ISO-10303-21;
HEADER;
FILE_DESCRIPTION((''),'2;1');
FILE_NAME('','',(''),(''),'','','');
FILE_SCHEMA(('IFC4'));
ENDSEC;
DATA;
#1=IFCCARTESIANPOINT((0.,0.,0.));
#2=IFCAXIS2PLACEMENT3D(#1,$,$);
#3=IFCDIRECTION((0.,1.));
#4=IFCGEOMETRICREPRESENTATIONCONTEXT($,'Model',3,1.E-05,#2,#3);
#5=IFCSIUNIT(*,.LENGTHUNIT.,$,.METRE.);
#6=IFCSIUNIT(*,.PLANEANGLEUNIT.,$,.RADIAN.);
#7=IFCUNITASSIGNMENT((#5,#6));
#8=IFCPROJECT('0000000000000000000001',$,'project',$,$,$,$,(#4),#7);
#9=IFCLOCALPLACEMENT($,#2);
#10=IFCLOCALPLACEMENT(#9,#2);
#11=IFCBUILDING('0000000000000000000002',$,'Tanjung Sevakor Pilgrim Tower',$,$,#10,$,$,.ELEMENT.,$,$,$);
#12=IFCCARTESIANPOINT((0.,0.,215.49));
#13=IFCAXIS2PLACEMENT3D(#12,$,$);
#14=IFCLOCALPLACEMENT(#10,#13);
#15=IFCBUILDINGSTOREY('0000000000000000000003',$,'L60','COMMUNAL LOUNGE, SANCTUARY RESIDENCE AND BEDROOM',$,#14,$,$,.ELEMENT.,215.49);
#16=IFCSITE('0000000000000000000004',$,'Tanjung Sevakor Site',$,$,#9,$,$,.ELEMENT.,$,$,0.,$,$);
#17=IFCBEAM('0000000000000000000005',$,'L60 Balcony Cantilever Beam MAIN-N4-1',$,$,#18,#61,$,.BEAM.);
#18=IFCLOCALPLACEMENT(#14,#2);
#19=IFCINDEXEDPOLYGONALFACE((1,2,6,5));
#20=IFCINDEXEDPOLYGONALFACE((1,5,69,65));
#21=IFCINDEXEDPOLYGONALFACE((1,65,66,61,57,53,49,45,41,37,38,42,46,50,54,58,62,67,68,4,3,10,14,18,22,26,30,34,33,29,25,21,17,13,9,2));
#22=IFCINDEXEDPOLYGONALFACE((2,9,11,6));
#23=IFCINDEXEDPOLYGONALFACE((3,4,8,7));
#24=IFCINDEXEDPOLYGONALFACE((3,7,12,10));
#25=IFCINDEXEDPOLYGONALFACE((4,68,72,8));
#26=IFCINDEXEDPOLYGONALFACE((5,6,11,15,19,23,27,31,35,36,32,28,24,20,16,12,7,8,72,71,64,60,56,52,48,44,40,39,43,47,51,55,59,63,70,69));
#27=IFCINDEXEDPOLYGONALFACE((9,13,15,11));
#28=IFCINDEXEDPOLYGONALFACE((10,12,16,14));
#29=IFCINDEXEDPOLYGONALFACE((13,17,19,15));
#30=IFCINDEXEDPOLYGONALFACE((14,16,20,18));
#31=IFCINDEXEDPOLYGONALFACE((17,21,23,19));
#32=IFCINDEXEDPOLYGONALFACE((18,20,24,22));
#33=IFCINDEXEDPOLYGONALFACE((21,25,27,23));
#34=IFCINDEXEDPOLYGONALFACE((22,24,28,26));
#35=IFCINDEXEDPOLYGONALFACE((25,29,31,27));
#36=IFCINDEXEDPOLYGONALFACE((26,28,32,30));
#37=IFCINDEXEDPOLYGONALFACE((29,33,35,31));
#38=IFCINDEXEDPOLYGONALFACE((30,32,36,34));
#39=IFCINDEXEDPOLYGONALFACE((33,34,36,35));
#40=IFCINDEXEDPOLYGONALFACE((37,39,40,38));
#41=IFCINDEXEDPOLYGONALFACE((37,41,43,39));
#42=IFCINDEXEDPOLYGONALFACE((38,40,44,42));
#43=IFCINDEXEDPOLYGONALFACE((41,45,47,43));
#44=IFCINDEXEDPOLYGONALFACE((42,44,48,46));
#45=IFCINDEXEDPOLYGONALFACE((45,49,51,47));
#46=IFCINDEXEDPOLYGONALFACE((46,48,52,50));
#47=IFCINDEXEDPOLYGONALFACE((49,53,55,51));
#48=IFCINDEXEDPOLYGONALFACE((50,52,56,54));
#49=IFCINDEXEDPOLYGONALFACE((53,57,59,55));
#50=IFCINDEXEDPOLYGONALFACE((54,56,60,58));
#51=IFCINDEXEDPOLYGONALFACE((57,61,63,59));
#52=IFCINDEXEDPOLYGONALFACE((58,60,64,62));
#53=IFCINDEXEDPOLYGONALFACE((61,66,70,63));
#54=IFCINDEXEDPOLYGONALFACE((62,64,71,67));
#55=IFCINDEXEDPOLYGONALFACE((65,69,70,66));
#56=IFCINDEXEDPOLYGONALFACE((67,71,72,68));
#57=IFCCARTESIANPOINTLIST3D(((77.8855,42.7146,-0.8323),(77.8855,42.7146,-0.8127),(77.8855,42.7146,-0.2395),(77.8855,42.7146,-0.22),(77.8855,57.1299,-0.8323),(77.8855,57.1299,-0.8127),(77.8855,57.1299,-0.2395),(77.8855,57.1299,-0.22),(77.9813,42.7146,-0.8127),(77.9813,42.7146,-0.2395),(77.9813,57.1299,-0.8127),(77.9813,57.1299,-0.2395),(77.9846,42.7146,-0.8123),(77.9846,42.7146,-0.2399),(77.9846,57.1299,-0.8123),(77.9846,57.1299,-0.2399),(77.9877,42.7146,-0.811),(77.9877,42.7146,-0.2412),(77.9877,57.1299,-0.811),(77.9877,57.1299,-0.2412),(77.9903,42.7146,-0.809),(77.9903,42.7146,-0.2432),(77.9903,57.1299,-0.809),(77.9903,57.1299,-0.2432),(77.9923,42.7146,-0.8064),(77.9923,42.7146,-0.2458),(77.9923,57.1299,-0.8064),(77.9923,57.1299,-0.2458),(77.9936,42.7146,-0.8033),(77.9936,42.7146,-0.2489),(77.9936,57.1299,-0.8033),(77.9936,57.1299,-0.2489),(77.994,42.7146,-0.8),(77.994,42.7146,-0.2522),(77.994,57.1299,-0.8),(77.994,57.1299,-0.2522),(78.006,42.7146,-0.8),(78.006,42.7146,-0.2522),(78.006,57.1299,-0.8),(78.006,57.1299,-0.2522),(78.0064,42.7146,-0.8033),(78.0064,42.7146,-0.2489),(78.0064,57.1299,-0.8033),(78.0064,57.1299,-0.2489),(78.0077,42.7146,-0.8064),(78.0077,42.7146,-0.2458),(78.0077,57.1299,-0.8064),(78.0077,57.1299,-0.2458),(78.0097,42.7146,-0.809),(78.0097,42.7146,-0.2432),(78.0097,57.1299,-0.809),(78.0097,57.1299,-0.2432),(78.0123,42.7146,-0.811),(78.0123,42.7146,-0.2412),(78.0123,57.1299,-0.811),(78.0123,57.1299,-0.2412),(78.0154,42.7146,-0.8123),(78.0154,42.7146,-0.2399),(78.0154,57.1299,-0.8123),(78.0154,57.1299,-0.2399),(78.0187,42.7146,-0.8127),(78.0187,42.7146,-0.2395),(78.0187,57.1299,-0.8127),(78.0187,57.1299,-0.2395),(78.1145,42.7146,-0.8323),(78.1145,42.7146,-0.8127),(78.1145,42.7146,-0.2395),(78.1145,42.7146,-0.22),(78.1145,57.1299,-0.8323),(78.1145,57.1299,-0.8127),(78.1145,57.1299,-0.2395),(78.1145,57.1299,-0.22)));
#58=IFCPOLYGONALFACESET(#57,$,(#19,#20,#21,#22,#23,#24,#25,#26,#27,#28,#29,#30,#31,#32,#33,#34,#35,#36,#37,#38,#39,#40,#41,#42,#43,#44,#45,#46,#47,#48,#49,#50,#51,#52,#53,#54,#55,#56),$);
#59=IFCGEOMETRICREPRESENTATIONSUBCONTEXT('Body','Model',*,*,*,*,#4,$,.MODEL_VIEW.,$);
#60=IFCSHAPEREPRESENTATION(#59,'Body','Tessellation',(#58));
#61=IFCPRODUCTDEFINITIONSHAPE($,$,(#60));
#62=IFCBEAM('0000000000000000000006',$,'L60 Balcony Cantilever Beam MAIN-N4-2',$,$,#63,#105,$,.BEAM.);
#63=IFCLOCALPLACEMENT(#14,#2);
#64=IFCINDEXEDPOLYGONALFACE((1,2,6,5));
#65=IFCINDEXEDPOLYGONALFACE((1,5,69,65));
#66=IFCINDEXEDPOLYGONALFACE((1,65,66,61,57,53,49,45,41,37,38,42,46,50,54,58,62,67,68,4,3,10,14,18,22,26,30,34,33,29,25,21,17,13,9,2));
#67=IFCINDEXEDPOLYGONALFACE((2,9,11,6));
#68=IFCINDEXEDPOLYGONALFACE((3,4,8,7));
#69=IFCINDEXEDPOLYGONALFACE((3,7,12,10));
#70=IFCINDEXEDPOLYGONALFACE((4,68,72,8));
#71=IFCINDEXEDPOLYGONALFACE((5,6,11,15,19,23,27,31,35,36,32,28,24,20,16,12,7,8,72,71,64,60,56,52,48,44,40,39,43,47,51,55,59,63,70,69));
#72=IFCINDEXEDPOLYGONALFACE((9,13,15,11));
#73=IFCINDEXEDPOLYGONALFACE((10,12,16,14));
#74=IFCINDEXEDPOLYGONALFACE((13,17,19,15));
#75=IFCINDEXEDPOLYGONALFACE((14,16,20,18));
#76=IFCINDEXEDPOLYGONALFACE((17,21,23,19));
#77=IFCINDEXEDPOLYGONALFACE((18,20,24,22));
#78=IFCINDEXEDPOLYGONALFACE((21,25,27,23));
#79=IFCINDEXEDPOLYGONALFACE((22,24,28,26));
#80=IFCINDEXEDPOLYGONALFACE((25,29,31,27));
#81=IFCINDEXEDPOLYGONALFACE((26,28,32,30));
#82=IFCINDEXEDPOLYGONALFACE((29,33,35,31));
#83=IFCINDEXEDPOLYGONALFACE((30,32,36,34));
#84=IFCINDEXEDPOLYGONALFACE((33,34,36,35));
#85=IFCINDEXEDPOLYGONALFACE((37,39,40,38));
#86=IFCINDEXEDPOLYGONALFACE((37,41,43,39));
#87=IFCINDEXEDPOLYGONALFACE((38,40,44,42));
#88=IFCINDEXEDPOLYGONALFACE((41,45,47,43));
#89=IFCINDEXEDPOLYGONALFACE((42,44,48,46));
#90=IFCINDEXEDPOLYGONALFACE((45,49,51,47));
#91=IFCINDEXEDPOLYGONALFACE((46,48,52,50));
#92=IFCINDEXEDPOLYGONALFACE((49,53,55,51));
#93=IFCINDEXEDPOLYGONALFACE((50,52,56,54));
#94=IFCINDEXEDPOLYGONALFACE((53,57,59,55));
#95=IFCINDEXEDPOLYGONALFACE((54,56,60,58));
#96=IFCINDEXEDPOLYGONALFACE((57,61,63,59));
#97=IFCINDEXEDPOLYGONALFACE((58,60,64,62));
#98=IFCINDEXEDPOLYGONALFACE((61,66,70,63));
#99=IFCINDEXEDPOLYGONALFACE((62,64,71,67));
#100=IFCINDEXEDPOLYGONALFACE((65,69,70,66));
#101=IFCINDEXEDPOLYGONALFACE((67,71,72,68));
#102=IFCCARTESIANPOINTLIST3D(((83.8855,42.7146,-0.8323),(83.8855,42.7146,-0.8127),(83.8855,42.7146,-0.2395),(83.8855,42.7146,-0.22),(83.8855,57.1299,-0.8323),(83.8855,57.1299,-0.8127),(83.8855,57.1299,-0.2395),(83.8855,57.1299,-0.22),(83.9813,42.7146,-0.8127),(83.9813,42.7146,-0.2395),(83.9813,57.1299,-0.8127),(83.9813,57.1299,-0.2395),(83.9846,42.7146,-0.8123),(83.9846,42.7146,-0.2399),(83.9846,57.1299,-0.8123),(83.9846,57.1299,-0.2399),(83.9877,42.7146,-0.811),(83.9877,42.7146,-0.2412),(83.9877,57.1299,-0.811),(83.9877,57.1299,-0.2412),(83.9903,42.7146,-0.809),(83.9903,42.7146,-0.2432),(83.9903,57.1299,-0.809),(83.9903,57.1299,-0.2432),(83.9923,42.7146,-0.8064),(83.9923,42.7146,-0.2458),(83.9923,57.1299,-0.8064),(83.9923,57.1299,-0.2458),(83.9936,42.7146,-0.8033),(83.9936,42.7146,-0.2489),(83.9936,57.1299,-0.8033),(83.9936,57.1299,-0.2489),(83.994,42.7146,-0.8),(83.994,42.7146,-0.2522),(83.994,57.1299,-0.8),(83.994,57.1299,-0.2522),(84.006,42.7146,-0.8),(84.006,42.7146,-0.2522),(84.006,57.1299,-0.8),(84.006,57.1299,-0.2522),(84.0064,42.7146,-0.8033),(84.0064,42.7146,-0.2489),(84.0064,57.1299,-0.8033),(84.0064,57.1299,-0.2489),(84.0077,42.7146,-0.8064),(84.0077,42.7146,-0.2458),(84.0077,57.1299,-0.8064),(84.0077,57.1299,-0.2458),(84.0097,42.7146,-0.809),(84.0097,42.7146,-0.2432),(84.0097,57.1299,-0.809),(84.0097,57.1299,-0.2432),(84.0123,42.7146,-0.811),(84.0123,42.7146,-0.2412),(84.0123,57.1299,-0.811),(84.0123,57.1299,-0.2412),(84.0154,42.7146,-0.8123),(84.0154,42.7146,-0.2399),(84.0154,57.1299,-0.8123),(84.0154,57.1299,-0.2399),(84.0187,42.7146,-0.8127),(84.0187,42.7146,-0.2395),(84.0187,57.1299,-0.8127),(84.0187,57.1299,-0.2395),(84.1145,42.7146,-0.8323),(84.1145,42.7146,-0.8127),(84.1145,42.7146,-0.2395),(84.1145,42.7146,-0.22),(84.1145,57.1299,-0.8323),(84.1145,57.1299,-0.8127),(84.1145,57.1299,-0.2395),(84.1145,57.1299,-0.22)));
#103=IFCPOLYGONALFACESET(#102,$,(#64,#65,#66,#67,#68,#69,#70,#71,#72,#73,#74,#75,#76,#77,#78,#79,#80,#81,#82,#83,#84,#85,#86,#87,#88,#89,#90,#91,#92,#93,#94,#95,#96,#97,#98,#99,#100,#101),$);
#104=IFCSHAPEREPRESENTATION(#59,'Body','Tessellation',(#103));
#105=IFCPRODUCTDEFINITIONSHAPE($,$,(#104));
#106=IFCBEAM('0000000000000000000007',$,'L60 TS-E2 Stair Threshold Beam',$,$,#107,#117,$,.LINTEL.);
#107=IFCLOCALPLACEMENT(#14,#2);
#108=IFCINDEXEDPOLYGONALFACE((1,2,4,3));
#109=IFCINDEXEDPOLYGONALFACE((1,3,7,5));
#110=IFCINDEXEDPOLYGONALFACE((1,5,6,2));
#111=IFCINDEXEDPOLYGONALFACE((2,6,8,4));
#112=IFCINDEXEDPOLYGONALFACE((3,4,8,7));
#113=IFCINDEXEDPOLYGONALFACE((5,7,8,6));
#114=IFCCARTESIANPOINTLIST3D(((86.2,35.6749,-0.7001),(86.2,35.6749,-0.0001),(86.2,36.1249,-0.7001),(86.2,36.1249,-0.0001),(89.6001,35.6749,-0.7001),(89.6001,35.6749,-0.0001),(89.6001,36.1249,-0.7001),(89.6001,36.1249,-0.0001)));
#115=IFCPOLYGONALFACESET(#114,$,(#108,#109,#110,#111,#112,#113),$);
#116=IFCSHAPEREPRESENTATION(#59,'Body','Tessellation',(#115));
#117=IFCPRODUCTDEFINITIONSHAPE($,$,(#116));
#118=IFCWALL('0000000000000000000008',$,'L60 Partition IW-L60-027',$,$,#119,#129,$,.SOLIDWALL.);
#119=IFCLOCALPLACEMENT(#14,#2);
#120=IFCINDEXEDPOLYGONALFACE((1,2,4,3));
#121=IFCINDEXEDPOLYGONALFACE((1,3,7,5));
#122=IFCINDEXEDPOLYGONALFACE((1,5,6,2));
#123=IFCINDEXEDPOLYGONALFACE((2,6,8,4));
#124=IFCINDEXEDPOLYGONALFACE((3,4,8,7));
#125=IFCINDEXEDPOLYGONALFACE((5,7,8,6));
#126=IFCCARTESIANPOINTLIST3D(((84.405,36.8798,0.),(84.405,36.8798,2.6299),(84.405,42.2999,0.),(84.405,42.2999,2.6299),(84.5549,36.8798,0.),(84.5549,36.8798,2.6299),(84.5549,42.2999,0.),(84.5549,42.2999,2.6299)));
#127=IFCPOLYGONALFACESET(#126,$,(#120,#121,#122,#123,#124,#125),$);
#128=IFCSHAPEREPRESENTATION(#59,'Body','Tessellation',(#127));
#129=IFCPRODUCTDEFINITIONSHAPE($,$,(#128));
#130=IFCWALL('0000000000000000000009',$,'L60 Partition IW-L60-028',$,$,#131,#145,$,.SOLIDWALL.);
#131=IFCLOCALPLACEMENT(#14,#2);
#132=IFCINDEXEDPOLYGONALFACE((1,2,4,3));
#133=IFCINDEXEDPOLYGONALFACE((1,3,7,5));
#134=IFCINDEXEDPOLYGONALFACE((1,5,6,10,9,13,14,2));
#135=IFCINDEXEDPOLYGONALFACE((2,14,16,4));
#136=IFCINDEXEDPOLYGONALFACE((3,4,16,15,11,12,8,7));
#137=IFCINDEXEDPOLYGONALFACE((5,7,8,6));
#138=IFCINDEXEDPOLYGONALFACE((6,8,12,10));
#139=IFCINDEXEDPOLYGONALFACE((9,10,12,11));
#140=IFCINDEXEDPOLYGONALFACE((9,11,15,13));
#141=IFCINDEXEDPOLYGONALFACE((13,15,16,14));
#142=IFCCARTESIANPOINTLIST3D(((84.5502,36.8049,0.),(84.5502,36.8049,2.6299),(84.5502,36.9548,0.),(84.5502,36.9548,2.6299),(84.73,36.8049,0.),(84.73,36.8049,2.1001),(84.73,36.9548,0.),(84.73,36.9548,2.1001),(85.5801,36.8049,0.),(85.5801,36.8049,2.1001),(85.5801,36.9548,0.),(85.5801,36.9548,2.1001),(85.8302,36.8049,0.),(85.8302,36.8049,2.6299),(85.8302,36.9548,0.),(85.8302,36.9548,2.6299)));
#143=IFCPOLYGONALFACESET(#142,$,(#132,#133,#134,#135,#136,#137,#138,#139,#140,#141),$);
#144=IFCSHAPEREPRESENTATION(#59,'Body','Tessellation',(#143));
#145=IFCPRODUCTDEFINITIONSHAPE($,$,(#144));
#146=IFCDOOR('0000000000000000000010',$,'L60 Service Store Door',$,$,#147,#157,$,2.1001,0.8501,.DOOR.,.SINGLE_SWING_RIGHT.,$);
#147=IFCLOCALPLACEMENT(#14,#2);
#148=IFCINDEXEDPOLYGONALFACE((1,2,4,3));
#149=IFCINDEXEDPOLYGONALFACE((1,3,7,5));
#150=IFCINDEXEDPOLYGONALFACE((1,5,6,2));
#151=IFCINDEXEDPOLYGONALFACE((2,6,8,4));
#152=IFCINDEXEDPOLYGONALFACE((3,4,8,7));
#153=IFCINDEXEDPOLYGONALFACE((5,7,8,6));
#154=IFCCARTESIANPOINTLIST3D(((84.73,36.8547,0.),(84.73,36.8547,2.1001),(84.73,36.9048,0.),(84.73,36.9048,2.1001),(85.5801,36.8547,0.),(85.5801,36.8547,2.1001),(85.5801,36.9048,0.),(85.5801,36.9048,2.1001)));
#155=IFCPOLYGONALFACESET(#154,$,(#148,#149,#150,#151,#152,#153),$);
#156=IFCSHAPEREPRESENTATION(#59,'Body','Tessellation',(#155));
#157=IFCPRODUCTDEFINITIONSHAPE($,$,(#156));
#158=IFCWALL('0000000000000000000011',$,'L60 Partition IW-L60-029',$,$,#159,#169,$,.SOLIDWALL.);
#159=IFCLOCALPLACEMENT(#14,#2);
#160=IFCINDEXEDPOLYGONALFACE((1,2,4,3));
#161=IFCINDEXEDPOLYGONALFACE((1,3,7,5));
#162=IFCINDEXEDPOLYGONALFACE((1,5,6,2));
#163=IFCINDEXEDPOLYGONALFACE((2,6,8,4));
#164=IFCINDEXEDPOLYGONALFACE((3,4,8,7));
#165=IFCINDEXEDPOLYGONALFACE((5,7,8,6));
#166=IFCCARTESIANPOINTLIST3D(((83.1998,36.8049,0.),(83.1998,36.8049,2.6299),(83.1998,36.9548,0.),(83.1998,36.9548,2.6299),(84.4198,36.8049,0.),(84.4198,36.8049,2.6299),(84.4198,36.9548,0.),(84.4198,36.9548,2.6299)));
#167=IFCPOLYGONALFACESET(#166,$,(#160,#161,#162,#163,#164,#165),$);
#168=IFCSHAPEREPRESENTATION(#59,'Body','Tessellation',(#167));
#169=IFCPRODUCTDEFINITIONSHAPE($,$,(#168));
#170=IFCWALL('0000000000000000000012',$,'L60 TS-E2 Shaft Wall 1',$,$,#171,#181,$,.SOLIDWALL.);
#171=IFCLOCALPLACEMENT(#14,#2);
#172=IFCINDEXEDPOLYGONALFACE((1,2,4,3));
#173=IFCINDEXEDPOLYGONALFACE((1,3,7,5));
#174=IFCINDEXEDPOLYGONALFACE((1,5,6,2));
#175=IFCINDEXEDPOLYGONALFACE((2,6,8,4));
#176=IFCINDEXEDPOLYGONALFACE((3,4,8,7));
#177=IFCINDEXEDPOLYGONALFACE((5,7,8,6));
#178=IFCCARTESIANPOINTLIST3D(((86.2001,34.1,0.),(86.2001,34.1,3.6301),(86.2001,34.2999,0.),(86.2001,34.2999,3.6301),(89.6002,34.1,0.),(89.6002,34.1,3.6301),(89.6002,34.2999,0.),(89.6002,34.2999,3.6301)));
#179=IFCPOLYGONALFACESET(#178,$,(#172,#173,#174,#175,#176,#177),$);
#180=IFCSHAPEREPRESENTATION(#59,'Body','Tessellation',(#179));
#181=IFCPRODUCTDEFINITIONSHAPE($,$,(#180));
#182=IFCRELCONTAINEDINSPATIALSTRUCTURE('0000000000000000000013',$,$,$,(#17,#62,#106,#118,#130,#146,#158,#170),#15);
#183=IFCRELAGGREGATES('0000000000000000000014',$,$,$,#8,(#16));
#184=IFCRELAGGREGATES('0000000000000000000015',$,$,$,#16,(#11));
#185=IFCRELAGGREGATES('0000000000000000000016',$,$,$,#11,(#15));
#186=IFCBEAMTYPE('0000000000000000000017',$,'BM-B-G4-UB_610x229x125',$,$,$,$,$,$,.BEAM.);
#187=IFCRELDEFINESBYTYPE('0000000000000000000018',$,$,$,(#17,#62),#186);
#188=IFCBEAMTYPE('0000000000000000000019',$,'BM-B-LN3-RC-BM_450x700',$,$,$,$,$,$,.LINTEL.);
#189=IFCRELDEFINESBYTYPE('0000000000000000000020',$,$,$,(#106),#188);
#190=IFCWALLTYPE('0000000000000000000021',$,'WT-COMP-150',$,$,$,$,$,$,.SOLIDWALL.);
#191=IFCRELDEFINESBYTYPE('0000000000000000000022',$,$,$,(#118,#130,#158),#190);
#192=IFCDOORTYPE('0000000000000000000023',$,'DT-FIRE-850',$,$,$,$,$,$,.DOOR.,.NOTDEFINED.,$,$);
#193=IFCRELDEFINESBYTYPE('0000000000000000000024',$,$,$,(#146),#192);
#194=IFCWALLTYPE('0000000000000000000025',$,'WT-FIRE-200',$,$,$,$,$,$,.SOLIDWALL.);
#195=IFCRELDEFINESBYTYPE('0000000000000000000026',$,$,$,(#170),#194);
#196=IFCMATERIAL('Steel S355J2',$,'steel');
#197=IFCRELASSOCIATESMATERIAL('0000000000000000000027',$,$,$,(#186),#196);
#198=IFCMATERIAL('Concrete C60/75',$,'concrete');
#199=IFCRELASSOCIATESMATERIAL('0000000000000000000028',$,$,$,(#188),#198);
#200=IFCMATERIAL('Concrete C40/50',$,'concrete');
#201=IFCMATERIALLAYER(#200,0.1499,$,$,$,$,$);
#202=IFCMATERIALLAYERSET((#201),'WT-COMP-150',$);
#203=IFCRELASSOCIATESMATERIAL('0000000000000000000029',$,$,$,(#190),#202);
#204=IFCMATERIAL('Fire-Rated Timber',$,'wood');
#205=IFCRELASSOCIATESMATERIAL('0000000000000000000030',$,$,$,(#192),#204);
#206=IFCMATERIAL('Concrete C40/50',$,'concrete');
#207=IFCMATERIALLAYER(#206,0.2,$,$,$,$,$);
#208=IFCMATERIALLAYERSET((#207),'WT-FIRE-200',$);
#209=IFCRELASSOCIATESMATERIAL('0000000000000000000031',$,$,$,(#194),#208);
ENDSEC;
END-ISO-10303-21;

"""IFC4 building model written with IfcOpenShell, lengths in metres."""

from ifc_helpers import new_model, si_unit, direction, frame, frame_2d, origin, origin_2d, place, context, subcontext, project, spatial, rectangle, i_section, extrude, material, layer, layer_set, material_profile, profile_set, type_object, element, fill, save


model = new_model("IFC4")

# Units and contexts
model_context = context("Model", 3, precision=1e-05, world=origin(), true_north=direction((0.0, 1.0)))
body_context = subcontext(model_context, "Body", "Model", "MODEL_VIEW")
ifc_project = project(units=[si_unit("LENGTHUNIT", "METRE"), si_unit("PLANEANGLEUNIT", "RADIAN")], contexts=[model_context])

# Site, building, storey
site_placement = place(None, origin())
site = spatial("IfcSite", under=ifc_project, at=site_placement, Name="Tanjung Sevakor Site", CompositionType="ELEMENT", RefElevation=0.0)
building_placement = place(site_placement, origin())
building = spatial("IfcBuilding", under=site, at=building_placement, Name="Tanjung Sevakor Pilgrim Tower", CompositionType="ELEMENT")
storey_placement = place(building_placement, frame((0.0, 0.0, 215.49)))
storey = spatial("IfcBuildingStorey", under=building, at=storey_placement, Name="L60", Description="COMMUNAL LOUNGE, SANCTUARY RESIDENCE AND BEDROOM", CompositionType="ELEMENT", Elevation=215.49)

# Beams
ifc_material_1 = material(Name="Steel S355J2", Category="steel")
ifc_material_profile_1 = material_profile(ifc_material_1, i_section(OverallWidth=0.229, OverallDepth=0.6123, WebThickness=0.012, FlangeThickness=0.0195, FilletRadius=0.0127, at=origin_2d()))
ifc_profile_set_1 = profile_set([ifc_material_profile_1], Name="Steel S355J2")
beam_type_1 = type_object("IfcBeamType", Name="BM-B-G4-UB_610x229x125", PredefinedType="BEAM", material=ifc_profile_set_1)
for number, where, z_axis, x_axis, name in (
    (1, (78.0, 42.7146, -0.5261), (0.0, 1.0, 0.0), (-1.0, 0.0, 0.0), "L60 Balcony Cantilever Beam MAIN-N4-1"),
    (2, (84.0, 42.7146, -0.5261), (0.0, 1.0, 0.0), (-1.0, 0.0, 0.0), "L60 Balcony Cantilever Beam MAIN-N4-2"),
):
    element("IfcBeam", number, at=place(storey_placement, frame(where, z_axis=z_axis, x_axis=x_axis)), inside=storey, type_object=beam_type_1, Name=name, PredefinedType="BEAM", context=body_context, shape_type="SweptSolid", body=[
        extrude(i_section(OverallWidth=0.229, OverallDepth=0.6123, WebThickness=0.012, FlangeThickness=0.0195, FilletRadius=0.0127, at=origin_2d()), origin(), (0.0, 0.0, 1.0), 14.4153),
    ])
ifc_material_2 = material(Name="Concrete C60/75", Category="concrete")
ifc_material_profile_2 = material_profile(ifc_material_2, rectangle(XDim=0.45, YDim=0.7, at=origin_2d()))
ifc_profile_set_2 = profile_set([ifc_material_profile_2], Name="Concrete C60/75")
beam_type_2 = type_object("IfcBeamType", Name="BM-B-LN3-RC-BM_450x700", PredefinedType="LINTEL", material=ifc_profile_set_2)
beam_placement = place(storey_placement, frame((86.2, 35.8999, -0.3501), z_axis=(1.0, 0.0, 0.0), x_axis=(0.0, 1.0, 0.0)))
element("IfcBeam", 3, at=beam_placement, inside=storey, type_object=beam_type_2, Name="L60 TS-E2 Stair Threshold Beam", PredefinedType="LINTEL", context=body_context, shape_type="SweptSolid", body=[
    extrude(rectangle(XDim=0.45, YDim=0.7, at=origin_2d()), origin(), (0.0, 0.0, 1.0), 3.4001),
])

# Wall
ifc_material_3 = material(Name="Concrete C40/50", Category="concrete")
ifc_layer_1 = layer(ifc_material_3, 0.1499)
ifc_layer_set_1 = layer_set([ifc_layer_1], Name="WT-COMP-150")
wall_type_1 = type_object("IfcWallType", Name="WT-COMP-150", PredefinedType="SOLIDWALL", material=ifc_layer_set_1)
wall_1_placement = place(storey_placement, frame((84.48, 36.8799, 0.0), z_axis=(0.0, 0.0, 1.0), x_axis=(0.0, 1.0, 0.0)))
element("IfcWall", 4, at=wall_1_placement, inside=storey, type_object=wall_type_1, Name="L60 Partition IW-L60-027", PredefinedType="SOLIDWALL", context=body_context, shape_type="SweptSolid", body=[
    extrude(rectangle(XDim=5.4202, YDim=0.1499, at=frame_2d((2.71, 0.0))), origin(), (0.0, 0.0, 1.0), 2.6299),
])

# Wall, opening, door
wall_2_placement = place(storey_placement, frame((84.55, 36.8799, 0.0), z_axis=(0.0, 0.0, 1.0), x_axis=(1.0, 0.0, 0.0)))
wall_2 = element("IfcWall", 5, at=wall_2_placement, inside=storey, type_object=wall_type_1, Name="L60 Partition IW-L60-028", PredefinedType="SOLIDWALL", context=body_context, shape_type="SweptSolid", body=[
    extrude(rectangle(XDim=1.28, YDim=0.1499, at=frame_2d((0.6401, 0.0))), origin(), (0.0, 0.0, 1.0), 2.6299),
])
opening_1_placement = place(wall_2_placement, frame((0.1799, 0.0, 0.0)))
opening_1 = element("IfcOpeningElement", 6, at=opening_1_placement, cuts=wall_2, PredefinedType="OPENING", context=body_context, shape_type="SweptSolid", body=[
    extrude(rectangle(XDim=0.8501, YDim=2.1001, at=frame_2d((0.425, 1.05))), frame((0.0, 0.085, 0.0), z_axis=(0.0, -1.0, 0.0), x_axis=(1.0, 0.0, 0.0)), (0.0, 0.0, 1.0), 0.1699),
])
ifc_material_4 = material(Name="Fire-Rated Timber", Category="wood")
door_type_1 = type_object("IfcDoorType", Name="DT-FIRE-850", OperationType="NOTDEFINED", PredefinedType="DOOR", material=ifc_material_4)
door_1_placement = place(opening_1_placement, origin())
door_1 = element("IfcDoor", 7, at=door_1_placement, inside=storey, type_object=door_type_1, Name="L60 Service Store Door", OperationType="SINGLE_SWING_RIGHT", OverallHeight=2.1001, OverallWidth=0.8501, PredefinedType="DOOR", context=body_context, shape_type="SweptSolid", body=[
    extrude(rectangle(XDim=0.8501, YDim=2.1001, at=frame_2d((0.425, 1.05))), frame((0.0, 0.0249, 0.0), z_axis=(0.0, -1.0, 0.0), x_axis=(1.0, 0.0, 0.0)), (0.0, 0.0, 1.0), 0.05),
])
fill(opening_1, door_1)

# Wall
wall_3_placement = place(storey_placement, frame((83.2, 36.8799, 0.0), z_axis=(0.0, 0.0, 1.0), x_axis=(1.0, 0.0, 0.0)))
element("IfcWall", 8, at=wall_3_placement, inside=storey, type_object=wall_type_1, Name="L60 Partition IW-L60-029", PredefinedType="SOLIDWALL", context=body_context, shape_type="SweptSolid", body=[
    extrude(rectangle(XDim=1.22, YDim=0.1499, at=frame_2d((0.6099, 0.0))), origin(), (0.0, 0.0, 1.0), 2.6299),
])

# Wall
ifc_material_5 = material(Name="Concrete C40/50", Category="concrete")
ifc_layer_2 = layer(ifc_material_5, 0.2)
ifc_layer_set_2 = layer_set([ifc_layer_2], Name="WT-FIRE-200")
wall_type_2 = type_object("IfcWallType", Name="WT-FIRE-200", PredefinedType="SOLIDWALL", material=ifc_layer_set_2)
wall_4_placement = place(storey_placement, frame((86.2, 34.2, 0.0), z_axis=(0.0, 0.0, 1.0), x_axis=(1.0, 0.0, 0.0)))
element("IfcWall", 9, at=wall_4_placement, inside=storey, type_object=wall_type_2, Name="L60 TS-E2 Shaft Wall 1", PredefinedType="SOLIDWALL", context=body_context, shape_type="SweptSolid", body=[
    extrude(rectangle(XDim=3.4001, YDim=0.2, at=frame_2d((1.7002, 0.0))), origin(), (0.0, 0.0, 1.0), 3.6301),
])

save(model, "model.ifc")
